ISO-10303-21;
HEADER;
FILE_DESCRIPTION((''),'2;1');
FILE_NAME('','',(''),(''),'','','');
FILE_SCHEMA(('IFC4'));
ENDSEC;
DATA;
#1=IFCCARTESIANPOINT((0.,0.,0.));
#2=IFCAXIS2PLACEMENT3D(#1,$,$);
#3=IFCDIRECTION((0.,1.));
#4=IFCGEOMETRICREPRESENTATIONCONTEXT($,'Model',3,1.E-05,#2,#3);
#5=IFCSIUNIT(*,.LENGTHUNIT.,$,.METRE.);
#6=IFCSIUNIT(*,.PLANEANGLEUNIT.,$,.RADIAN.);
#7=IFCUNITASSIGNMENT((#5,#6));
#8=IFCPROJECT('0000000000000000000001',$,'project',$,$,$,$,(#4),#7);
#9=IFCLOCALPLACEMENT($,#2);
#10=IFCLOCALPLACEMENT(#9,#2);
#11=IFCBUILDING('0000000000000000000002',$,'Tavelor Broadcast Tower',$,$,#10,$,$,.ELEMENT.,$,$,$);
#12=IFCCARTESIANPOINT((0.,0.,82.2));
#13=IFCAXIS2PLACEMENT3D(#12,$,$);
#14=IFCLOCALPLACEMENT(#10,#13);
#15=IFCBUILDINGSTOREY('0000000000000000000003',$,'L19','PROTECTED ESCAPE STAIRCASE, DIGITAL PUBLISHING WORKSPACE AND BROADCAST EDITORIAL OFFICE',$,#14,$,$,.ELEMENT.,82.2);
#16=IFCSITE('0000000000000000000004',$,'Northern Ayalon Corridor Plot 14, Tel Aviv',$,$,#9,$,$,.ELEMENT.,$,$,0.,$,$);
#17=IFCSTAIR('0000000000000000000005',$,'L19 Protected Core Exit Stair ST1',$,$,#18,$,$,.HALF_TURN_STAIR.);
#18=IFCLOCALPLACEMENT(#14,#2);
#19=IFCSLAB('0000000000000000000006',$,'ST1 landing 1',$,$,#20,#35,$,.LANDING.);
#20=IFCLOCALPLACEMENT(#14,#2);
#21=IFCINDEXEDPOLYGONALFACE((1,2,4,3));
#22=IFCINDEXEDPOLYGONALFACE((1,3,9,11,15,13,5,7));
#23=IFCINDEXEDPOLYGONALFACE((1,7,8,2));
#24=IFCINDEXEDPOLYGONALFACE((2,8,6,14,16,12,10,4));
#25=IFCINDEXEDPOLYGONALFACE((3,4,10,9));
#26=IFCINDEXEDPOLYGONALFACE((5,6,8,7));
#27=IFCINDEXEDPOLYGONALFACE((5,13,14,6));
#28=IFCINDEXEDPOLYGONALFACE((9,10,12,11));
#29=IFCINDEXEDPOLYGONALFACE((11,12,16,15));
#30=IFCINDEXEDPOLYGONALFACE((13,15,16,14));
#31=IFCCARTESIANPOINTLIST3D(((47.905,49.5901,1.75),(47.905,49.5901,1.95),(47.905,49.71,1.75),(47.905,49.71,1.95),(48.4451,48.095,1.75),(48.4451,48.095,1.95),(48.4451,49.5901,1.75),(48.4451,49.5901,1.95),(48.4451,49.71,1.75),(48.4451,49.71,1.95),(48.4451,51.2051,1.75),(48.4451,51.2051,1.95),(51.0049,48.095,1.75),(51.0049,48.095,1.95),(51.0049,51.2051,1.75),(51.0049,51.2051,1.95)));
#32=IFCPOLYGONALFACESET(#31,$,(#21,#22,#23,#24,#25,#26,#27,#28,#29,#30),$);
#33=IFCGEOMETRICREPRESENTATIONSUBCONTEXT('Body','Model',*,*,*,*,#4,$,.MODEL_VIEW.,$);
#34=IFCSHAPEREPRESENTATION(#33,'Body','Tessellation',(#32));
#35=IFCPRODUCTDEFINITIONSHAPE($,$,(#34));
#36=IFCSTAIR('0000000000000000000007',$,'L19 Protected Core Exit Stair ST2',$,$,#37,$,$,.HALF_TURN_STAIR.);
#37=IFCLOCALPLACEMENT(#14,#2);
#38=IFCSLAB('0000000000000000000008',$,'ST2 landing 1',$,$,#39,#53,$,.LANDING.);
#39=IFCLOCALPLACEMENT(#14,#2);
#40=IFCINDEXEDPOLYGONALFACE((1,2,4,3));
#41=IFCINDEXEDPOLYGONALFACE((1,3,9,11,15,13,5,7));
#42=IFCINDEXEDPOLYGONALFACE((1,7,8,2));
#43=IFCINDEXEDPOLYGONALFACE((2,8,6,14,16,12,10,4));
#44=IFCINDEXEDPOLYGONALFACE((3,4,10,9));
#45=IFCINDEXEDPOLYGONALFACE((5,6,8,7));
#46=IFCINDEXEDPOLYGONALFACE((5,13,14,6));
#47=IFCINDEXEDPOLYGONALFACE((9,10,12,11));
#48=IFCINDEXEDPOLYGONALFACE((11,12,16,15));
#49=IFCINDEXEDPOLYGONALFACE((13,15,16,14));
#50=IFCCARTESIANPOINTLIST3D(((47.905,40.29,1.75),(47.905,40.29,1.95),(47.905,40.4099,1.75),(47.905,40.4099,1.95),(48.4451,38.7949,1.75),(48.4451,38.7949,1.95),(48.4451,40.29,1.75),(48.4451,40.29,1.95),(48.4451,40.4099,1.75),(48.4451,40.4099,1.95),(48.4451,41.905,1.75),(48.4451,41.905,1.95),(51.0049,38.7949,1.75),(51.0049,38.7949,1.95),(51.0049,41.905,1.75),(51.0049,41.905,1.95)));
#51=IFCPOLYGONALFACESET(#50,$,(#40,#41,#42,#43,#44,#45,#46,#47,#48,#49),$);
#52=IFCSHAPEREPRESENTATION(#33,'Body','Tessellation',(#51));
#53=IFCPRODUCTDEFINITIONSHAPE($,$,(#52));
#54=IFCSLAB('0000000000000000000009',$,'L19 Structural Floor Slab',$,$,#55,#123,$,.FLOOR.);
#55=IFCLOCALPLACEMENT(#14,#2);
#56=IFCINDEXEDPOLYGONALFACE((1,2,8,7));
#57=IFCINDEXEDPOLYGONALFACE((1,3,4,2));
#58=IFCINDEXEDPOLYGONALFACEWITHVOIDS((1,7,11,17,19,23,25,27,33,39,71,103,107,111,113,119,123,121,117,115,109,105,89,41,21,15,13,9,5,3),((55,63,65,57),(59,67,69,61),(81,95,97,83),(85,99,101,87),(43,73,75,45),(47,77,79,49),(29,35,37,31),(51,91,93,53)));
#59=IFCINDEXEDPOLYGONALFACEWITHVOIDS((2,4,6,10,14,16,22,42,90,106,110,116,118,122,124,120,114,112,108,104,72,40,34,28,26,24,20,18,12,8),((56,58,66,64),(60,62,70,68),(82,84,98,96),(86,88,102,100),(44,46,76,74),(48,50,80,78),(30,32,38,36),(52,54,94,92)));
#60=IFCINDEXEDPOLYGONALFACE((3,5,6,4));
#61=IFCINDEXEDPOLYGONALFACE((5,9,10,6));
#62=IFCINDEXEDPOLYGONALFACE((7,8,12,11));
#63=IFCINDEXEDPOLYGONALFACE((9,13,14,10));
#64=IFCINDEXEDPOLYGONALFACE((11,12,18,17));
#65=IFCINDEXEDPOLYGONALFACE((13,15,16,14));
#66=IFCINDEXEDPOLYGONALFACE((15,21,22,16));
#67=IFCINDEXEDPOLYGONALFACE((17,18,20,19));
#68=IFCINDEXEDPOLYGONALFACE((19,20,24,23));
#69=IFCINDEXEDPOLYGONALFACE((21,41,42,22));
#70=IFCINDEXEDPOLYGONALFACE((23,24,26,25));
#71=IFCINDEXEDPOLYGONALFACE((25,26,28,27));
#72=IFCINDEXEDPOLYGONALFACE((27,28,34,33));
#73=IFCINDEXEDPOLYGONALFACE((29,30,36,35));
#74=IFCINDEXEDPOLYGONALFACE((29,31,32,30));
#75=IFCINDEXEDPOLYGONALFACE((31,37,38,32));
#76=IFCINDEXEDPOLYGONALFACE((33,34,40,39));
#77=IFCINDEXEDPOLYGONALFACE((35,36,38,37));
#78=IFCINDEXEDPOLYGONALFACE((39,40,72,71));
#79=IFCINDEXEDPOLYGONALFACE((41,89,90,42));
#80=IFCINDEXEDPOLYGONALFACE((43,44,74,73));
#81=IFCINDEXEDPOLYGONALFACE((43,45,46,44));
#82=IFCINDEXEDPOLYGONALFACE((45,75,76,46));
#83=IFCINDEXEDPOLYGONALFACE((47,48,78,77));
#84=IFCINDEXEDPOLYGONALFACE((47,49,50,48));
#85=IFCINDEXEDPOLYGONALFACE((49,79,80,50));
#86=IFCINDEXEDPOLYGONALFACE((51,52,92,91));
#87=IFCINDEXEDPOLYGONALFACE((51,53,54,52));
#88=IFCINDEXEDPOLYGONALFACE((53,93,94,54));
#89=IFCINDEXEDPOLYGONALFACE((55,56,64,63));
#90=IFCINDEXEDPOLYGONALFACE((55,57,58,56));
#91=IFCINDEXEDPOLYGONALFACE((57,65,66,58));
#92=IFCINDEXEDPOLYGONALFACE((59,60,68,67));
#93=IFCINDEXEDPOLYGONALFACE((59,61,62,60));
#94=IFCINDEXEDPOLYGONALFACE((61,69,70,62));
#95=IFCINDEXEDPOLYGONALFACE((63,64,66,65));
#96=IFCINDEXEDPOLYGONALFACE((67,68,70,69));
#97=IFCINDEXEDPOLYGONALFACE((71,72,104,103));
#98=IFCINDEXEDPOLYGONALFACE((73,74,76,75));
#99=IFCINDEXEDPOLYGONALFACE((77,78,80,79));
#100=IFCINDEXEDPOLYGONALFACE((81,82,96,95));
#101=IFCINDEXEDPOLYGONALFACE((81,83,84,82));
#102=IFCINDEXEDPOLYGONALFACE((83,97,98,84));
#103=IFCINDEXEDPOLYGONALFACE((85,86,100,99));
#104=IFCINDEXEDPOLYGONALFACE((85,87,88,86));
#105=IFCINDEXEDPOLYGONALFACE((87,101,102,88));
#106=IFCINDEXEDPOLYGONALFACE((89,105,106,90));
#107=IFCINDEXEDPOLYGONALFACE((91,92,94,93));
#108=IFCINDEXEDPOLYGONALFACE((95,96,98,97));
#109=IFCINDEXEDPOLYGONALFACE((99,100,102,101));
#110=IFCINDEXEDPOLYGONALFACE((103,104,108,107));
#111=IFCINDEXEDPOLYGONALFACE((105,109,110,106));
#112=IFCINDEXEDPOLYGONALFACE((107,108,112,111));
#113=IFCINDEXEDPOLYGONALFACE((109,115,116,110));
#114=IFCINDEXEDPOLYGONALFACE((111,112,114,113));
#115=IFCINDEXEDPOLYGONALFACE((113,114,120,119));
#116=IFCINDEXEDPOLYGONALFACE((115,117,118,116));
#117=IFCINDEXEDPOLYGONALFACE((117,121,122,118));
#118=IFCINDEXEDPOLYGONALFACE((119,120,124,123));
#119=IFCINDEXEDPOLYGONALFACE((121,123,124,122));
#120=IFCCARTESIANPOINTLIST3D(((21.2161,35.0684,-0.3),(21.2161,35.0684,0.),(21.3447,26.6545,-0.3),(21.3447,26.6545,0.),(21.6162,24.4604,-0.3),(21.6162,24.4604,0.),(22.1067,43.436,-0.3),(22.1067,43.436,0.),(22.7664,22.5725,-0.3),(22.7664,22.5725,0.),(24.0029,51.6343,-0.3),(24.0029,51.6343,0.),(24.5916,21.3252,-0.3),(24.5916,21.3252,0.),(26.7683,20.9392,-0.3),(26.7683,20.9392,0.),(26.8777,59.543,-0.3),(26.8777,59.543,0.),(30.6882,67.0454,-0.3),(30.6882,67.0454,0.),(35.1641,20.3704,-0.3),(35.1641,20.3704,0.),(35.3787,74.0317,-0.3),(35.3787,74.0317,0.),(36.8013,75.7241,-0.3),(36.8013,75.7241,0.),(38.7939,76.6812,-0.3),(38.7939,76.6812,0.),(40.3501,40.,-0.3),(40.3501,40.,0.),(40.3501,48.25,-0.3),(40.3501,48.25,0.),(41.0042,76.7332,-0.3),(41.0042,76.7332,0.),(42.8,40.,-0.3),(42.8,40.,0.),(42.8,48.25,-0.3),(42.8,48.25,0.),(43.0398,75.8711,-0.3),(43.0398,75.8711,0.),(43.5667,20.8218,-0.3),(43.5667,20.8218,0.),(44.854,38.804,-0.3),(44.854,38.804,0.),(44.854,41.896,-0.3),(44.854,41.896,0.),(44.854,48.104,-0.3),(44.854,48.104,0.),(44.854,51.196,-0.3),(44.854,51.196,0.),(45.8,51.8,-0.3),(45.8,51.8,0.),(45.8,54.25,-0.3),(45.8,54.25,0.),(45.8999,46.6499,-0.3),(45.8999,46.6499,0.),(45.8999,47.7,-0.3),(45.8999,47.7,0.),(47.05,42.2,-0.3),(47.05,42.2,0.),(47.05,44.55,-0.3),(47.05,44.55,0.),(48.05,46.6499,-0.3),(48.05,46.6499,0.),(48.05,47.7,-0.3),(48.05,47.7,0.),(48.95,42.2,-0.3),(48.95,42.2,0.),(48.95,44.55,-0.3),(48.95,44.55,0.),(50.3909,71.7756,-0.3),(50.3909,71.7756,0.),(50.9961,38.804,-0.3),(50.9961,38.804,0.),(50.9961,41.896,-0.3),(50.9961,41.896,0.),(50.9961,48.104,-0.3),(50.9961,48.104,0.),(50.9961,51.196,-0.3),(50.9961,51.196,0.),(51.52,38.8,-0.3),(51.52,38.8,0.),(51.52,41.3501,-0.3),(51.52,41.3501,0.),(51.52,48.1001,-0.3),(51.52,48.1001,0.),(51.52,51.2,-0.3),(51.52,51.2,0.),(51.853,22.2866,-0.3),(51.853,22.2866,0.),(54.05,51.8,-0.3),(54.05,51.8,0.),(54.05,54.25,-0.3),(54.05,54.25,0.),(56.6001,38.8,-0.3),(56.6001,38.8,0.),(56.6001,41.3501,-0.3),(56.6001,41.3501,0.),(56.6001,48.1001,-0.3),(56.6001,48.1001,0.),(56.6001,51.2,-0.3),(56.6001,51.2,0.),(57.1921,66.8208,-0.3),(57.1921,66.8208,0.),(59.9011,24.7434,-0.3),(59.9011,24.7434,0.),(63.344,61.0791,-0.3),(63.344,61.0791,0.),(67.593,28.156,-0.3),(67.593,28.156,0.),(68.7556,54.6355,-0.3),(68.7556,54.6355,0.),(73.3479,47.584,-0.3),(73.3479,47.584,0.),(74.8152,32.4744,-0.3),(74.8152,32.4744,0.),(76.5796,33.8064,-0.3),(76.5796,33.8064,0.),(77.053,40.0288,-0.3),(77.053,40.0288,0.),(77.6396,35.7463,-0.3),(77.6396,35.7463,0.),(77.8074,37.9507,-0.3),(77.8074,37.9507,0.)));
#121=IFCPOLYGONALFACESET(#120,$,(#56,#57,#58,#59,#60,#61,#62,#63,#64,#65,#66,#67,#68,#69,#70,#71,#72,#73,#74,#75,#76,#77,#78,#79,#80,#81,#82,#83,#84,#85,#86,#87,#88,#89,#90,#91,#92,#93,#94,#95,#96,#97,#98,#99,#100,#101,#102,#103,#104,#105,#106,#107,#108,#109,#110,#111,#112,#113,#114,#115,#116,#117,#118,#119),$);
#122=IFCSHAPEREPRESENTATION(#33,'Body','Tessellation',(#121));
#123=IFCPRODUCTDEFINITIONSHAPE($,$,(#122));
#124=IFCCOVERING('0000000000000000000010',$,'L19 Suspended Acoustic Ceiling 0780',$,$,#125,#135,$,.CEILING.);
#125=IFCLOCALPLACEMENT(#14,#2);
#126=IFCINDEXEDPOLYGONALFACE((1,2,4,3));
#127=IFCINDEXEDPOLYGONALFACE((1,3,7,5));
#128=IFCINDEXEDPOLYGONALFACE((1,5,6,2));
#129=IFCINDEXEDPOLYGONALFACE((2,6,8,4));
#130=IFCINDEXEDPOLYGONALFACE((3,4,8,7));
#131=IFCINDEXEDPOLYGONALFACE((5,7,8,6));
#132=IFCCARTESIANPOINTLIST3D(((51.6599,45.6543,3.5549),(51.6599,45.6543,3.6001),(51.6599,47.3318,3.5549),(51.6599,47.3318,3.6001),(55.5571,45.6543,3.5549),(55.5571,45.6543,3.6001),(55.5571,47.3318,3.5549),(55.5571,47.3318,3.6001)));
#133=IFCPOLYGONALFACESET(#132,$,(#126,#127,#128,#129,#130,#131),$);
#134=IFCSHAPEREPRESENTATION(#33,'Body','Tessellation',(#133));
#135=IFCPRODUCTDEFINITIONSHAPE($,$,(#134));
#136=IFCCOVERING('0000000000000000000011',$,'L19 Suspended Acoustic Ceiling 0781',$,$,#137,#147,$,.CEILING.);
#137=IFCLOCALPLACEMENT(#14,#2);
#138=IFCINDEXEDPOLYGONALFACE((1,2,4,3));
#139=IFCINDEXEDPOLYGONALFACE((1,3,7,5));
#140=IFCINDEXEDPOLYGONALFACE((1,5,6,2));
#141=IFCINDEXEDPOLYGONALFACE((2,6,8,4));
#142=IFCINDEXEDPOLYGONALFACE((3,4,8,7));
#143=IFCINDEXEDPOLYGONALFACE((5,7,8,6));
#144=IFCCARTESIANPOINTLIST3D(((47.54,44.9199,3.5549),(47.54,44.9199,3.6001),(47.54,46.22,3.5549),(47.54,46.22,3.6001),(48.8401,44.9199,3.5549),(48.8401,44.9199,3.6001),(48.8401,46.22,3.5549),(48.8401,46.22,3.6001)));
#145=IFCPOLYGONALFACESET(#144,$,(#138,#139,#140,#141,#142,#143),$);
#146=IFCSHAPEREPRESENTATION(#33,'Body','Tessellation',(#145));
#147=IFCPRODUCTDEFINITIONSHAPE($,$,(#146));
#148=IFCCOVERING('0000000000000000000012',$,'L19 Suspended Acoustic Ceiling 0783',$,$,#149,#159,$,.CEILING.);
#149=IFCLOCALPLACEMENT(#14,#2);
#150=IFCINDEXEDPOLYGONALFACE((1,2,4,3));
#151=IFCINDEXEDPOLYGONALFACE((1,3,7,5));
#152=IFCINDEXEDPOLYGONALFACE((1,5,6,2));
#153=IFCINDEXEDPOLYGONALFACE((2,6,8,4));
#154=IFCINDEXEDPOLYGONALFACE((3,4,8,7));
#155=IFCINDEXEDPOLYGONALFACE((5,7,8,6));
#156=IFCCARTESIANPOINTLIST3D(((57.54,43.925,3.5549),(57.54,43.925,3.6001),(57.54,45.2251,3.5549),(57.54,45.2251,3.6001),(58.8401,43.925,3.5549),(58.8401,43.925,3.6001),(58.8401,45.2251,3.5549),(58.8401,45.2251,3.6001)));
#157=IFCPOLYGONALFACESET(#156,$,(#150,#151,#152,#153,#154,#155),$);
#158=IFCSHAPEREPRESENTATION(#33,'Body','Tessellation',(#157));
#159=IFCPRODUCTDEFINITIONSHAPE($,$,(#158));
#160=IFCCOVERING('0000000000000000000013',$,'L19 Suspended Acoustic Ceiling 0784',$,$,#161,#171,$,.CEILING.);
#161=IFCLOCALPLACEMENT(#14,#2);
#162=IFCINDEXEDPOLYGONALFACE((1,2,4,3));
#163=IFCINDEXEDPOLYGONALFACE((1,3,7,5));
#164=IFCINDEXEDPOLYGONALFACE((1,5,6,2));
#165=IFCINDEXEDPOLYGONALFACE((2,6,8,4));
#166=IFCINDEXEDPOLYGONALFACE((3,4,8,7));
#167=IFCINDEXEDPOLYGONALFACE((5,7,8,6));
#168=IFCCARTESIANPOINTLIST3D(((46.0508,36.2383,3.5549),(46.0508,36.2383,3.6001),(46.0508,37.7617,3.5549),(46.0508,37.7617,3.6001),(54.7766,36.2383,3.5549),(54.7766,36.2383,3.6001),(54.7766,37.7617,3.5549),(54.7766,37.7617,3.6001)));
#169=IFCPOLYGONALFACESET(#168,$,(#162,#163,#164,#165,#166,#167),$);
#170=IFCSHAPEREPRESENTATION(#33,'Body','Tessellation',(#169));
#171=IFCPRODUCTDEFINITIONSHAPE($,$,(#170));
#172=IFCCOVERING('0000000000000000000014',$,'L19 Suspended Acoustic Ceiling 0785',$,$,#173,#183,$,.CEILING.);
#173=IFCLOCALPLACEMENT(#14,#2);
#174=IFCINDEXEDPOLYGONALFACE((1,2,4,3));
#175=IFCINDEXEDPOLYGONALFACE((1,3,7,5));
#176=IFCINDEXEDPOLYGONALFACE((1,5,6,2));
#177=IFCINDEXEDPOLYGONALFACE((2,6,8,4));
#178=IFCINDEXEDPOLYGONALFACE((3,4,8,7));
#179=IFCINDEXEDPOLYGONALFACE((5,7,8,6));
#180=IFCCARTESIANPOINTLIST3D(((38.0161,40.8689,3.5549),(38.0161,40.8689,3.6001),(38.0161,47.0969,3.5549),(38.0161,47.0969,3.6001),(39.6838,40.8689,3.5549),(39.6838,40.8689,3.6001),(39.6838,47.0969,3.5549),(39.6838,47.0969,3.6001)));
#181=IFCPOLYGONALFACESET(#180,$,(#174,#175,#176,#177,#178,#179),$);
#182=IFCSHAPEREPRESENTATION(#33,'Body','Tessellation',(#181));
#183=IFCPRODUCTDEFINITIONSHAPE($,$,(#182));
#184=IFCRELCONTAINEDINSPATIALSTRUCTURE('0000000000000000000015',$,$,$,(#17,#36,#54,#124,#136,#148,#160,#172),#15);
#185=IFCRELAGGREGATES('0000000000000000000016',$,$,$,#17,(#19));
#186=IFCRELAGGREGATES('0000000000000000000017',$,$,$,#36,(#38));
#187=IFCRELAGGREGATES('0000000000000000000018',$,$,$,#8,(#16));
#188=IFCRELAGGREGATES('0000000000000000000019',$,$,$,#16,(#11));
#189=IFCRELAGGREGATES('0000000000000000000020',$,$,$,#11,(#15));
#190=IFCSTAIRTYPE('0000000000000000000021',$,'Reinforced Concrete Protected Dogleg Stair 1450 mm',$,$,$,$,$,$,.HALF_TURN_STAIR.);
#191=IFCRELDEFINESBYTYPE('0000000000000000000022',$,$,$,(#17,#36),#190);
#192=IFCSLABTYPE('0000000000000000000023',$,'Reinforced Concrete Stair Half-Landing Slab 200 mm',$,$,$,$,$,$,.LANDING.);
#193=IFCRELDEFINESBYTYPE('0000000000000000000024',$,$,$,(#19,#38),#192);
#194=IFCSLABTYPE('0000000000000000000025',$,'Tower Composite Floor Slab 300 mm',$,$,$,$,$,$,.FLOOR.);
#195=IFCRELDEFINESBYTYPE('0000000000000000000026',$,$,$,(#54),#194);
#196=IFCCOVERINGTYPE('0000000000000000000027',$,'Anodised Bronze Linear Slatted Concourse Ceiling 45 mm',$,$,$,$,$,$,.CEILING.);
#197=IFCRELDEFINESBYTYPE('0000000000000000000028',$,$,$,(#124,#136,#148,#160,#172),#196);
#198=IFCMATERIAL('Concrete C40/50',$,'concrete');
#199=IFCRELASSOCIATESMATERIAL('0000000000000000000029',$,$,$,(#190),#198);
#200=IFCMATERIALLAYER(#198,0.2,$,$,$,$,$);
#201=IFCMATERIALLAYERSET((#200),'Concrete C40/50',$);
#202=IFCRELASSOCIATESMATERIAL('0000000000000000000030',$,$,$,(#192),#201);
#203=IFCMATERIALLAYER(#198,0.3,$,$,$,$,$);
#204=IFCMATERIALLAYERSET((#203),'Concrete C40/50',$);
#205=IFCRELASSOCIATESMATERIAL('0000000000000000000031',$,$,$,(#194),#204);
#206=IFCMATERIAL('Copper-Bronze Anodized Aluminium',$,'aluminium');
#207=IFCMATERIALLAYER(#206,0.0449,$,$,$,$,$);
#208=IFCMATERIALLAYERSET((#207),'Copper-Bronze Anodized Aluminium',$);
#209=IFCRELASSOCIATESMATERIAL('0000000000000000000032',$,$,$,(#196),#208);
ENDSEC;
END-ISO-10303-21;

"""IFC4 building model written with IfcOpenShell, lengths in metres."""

from ifc_helpers import new_model, si_unit, direction, frame, origin, place, context, subcontext, project, spatial, polyline, outline, extrude, material, layer, layer_set, type_object, element, aggregate, save


model = new_model("IFC4")

# Units and contexts
model_context = context("Model", 3, precision=1e-05, world=origin(), true_north=direction((0.0, 1.0)))
body_context = subcontext(model_context, "Body", "Model", "MODEL_VIEW")
ifc_project = project(units=[si_unit("LENGTHUNIT", "METRE"), si_unit("PLANEANGLEUNIT", "RADIAN")], contexts=[model_context])

# Site, building, storey
site_placement = place(None, origin())
site = spatial("IfcSite", under=ifc_project, at=site_placement, Name="Northern Ayalon Corridor Plot 14, Tel Aviv", CompositionType="ELEMENT", RefElevation=0.0)
building_placement = place(site_placement, origin())
building = spatial("IfcBuilding", under=site, at=building_placement, Name="Tavelor Broadcast Tower", CompositionType="ELEMENT")
storey_placement = place(building_placement, frame((0.0, 0.0, 82.2)))
storey = spatial("IfcBuildingStorey", under=building, at=storey_placement, Name="L19", Description="PROTECTED ESCAPE STAIRCASE, DIGITAL PUBLISHING WORKSPACE AND BROADCAST EDITORIAL OFFICE", CompositionType="ELEMENT", Elevation=82.2)

# Stairs, slabs
ifc_material_1 = material(Name="Concrete C40/50", Category="concrete")
stair_type = type_object("IfcStairType", Name="Reinforced Concrete Protected Dogleg Stair 1450 mm", PredefinedType="HALF_TURN_STAIR", material=ifc_material_1)
stair_1_placement = place(storey_placement, origin())
stair_1 = element("IfcStair", 1, at=stair_1_placement, inside=storey, type_object=stair_type, Name="L19 Protected Core Exit Stair ST1", PredefinedType="HALF_TURN_STAIR")
ifc_layer_1 = layer(ifc_material_1, 0.2)
ifc_layer_set_1 = layer_set([ifc_layer_1], Name="Concrete C40/50")
slab_type_1 = type_object("IfcSlabType", Name="Reinforced Concrete Stair Half-Landing Slab 200 mm", PredefinedType="LANDING", material=ifc_layer_set_1)
slab_1_placement = place(storey_placement, frame((0.0, 0.0, 1.75)))
slab_1 = element("IfcSlab", 2, at=slab_1_placement, type_object=slab_type_1, Name="ST1 landing 1", PredefinedType="LANDING", context=body_context, shape_type="SweptSolid", body=[
    extrude(outline(polyline([(48.4451, 49.5901), (48.4451, 48.095), (51.0049, 48.095), (51.0049, 51.2051), (48.4451, 51.2051), (48.4451, 49.71), (47.905, 49.71), (47.905, 49.5901), (48.4451, 49.5901)])), origin(), (0.0, 0.0, 1.0), 0.2),
])
aggregate(stair_1, [slab_1])
stair_2_placement = place(storey_placement, origin())
stair_2 = element("IfcStair", 3, at=stair_2_placement, inside=storey, type_object=stair_type, Name="L19 Protected Core Exit Stair ST2", PredefinedType="HALF_TURN_STAIR")
slab_2_placement = place(storey_placement, frame((0.0, 0.0, 1.75)))
slab_2 = element("IfcSlab", 4, at=slab_2_placement, type_object=slab_type_1, Name="ST2 landing 1", PredefinedType="LANDING", context=body_context, shape_type="SweptSolid", body=[
    extrude(outline(polyline([(48.4451, 40.29), (48.4451, 38.7949), (51.0049, 38.7949), (51.0049, 41.905), (48.4451, 41.905), (48.4451, 40.4099), (47.905, 40.4099), (47.905, 40.29), (48.4451, 40.29)])), origin(), (0.0, 0.0, 1.0), 0.2),
])
aggregate(stair_2, [slab_2])

# Slab
ifc_layer_2 = layer(ifc_material_1, 0.3)
ifc_layer_set_2 = layer_set([ifc_layer_2], Name="Concrete C40/50")
slab_type_2 = type_object("IfcSlabType", Name="Tower Composite Floor Slab 300 mm", PredefinedType="FLOOR", material=ifc_layer_set_2)
slab_3_placement = place(storey_placement, frame((0.0, 0.0, -0.3)))
element("IfcSlab", 5, at=slab_3_placement, inside=storey, type_object=slab_type_2, Name="L19 Structural Floor Slab", PredefinedType="FLOOR", context=body_context, shape_type="SweptSolid", body=[
    extrude(outline(polyline([(43.0398, 75.8711), (41.0042, 76.7332), (38.7939, 76.6812), (36.8013, 75.7241), (35.3787, 74.0317), (30.6882, 67.0454), (26.8777, 59.543), (24.0029, 51.6343), (22.1067, 43.436), (21.2161, 35.0684), (21.3447, 26.6545), (21.6162, 24.4604), (22.7664, 22.5725), (24.5916, 21.3252), (26.7683, 20.9392), (35.1641, 20.3704), (43.5667, 20.8218), (51.853, 22.2866), (59.9011, 24.7434), (67.593, 28.156), (74.8152, 32.4744), (76.5796, 33.8064), (77.6396, 35.7463), (77.8074, 37.9507), (77.053, 40.0288), (73.3479, 47.584), (68.7556, 54.6355), (63.344, 61.0791), (57.1921, 66.8208), (50.3909, 71.7756), (43.0398, 75.8711)]), holes=[polyline([(56.6001, 38.8), (51.52, 38.8), (51.52, 41.3501), (56.6001, 41.3501), (56.6001, 38.8)]), polyline([(50.9961, 38.804), (44.854, 38.804), (44.854, 41.896), (50.9961, 41.896), (50.9961, 38.804)]), polyline([(47.05, 42.2), (47.05, 44.55), (48.95, 44.55), (48.95, 42.2), (47.05, 42.2)]), polyline([(40.3501, 40.0), (40.3501, 48.25), (42.8, 48.25), (42.8, 40.0), (40.3501, 40.0)]), polyline([(48.05, 46.6499), (45.8999, 46.6499), (45.8999, 47.7), (48.05, 47.7), (48.05, 46.6499)]), polyline([(50.9961, 48.104), (44.854, 48.104), (44.854, 51.196), (50.9961, 51.196), (50.9961, 48.104)]), polyline([(56.6001, 48.1001), (51.52, 48.1001), (51.52, 51.2), (56.6001, 51.2), (56.6001, 48.1001)]), polyline([(54.05, 51.8), (45.8, 51.8), (45.8, 54.25), (54.05, 54.25), (54.05, 51.8)])]), origin(), (0.0, 0.0, 1.0), 0.3),
])

# Coverings
ifc_material_2 = material(Name="Copper-Bronze Anodized Aluminium", Category="aluminium")
ifc_layer_3 = layer(ifc_material_2, 0.0449)
ifc_layer_set_3 = layer_set([ifc_layer_3], Name="Copper-Bronze Anodized Aluminium")
covering_type_1 = type_object("IfcCoveringType", Name="Anodised Bronze Linear Slatted Concourse Ceiling 45 mm", PredefinedType="CEILING", material=ifc_layer_set_3)
covering_1_placement = place(storey_placement, frame((0.0, 0.0, 3.5549)))
element("IfcCovering", 6, at=covering_1_placement, inside=storey, type_object=covering_type_1, Name="L19 Suspended Acoustic Ceiling 0780", PredefinedType="CEILING", context=body_context, shape_type="SweptSolid", body=[
    extrude(outline(polyline([(51.6599, 45.6543), (55.5571, 45.6543), (55.5571, 47.3318), (51.6599, 47.3318), (51.6599, 45.6543)])), origin(), (0.0, 0.0, 1.0), 0.0452),
])
covering_2_placement = place(storey_placement, frame((0.0, 0.0, 3.5549)))
element("IfcCovering", 7, at=covering_2_placement, inside=storey, type_object=covering_type_1, Name="L19 Suspended Acoustic Ceiling 0781", PredefinedType="CEILING", context=body_context, shape_type="SweptSolid", body=[
    extrude(outline(polyline([(47.54, 44.9199), (48.8401, 44.9199), (48.8401, 46.22), (47.54, 46.22), (47.54, 44.9199)])), origin(), (0.0, 0.0, 1.0), 0.0452),
])
covering_3_placement = place(storey_placement, frame((0.0, 0.0, 3.5549)))
element("IfcCovering", 8, at=covering_3_placement, inside=storey, type_object=covering_type_1, Name="L19 Suspended Acoustic Ceiling 0783", PredefinedType="CEILING", context=body_context, shape_type="SweptSolid", body=[
    extrude(outline(polyline([(57.54, 43.925), (58.8401, 43.925), (58.8401, 45.2251), (57.54, 45.2251), (57.54, 43.925)])), origin(), (0.0, 0.0, 1.0), 0.0452),
])
covering_4_placement = place(storey_placement, frame((0.0, 0.0, 3.5549)))
element("IfcCovering", 9, at=covering_4_placement, inside=storey, type_object=covering_type_1, Name="L19 Suspended Acoustic Ceiling 0784", PredefinedType="CEILING", context=body_context, shape_type="SweptSolid", body=[
    extrude(outline(polyline([(46.0508, 36.2383), (54.7766, 36.2383), (54.7766, 37.7617), (46.0508, 37.7617), (46.0508, 36.2383)])), origin(), (0.0, 0.0, 1.0), 0.0452),
])
covering_5_placement = place(storey_placement, frame((0.0, 0.0, 3.5549)))
element("IfcCovering", 10, at=covering_5_placement, inside=storey, type_object=covering_type_1, Name="L19 Suspended Acoustic Ceiling 0785", PredefinedType="CEILING", context=body_context, shape_type="SweptSolid", body=[
    extrude(outline(polyline([(38.0161, 40.8689), (39.6838, 40.8689), (39.6838, 47.0969), (38.0161, 47.0969), (38.0161, 40.8689)])), origin(), (0.0, 0.0, 1.0), 0.0452),
])

save(model, "model.ifc")
